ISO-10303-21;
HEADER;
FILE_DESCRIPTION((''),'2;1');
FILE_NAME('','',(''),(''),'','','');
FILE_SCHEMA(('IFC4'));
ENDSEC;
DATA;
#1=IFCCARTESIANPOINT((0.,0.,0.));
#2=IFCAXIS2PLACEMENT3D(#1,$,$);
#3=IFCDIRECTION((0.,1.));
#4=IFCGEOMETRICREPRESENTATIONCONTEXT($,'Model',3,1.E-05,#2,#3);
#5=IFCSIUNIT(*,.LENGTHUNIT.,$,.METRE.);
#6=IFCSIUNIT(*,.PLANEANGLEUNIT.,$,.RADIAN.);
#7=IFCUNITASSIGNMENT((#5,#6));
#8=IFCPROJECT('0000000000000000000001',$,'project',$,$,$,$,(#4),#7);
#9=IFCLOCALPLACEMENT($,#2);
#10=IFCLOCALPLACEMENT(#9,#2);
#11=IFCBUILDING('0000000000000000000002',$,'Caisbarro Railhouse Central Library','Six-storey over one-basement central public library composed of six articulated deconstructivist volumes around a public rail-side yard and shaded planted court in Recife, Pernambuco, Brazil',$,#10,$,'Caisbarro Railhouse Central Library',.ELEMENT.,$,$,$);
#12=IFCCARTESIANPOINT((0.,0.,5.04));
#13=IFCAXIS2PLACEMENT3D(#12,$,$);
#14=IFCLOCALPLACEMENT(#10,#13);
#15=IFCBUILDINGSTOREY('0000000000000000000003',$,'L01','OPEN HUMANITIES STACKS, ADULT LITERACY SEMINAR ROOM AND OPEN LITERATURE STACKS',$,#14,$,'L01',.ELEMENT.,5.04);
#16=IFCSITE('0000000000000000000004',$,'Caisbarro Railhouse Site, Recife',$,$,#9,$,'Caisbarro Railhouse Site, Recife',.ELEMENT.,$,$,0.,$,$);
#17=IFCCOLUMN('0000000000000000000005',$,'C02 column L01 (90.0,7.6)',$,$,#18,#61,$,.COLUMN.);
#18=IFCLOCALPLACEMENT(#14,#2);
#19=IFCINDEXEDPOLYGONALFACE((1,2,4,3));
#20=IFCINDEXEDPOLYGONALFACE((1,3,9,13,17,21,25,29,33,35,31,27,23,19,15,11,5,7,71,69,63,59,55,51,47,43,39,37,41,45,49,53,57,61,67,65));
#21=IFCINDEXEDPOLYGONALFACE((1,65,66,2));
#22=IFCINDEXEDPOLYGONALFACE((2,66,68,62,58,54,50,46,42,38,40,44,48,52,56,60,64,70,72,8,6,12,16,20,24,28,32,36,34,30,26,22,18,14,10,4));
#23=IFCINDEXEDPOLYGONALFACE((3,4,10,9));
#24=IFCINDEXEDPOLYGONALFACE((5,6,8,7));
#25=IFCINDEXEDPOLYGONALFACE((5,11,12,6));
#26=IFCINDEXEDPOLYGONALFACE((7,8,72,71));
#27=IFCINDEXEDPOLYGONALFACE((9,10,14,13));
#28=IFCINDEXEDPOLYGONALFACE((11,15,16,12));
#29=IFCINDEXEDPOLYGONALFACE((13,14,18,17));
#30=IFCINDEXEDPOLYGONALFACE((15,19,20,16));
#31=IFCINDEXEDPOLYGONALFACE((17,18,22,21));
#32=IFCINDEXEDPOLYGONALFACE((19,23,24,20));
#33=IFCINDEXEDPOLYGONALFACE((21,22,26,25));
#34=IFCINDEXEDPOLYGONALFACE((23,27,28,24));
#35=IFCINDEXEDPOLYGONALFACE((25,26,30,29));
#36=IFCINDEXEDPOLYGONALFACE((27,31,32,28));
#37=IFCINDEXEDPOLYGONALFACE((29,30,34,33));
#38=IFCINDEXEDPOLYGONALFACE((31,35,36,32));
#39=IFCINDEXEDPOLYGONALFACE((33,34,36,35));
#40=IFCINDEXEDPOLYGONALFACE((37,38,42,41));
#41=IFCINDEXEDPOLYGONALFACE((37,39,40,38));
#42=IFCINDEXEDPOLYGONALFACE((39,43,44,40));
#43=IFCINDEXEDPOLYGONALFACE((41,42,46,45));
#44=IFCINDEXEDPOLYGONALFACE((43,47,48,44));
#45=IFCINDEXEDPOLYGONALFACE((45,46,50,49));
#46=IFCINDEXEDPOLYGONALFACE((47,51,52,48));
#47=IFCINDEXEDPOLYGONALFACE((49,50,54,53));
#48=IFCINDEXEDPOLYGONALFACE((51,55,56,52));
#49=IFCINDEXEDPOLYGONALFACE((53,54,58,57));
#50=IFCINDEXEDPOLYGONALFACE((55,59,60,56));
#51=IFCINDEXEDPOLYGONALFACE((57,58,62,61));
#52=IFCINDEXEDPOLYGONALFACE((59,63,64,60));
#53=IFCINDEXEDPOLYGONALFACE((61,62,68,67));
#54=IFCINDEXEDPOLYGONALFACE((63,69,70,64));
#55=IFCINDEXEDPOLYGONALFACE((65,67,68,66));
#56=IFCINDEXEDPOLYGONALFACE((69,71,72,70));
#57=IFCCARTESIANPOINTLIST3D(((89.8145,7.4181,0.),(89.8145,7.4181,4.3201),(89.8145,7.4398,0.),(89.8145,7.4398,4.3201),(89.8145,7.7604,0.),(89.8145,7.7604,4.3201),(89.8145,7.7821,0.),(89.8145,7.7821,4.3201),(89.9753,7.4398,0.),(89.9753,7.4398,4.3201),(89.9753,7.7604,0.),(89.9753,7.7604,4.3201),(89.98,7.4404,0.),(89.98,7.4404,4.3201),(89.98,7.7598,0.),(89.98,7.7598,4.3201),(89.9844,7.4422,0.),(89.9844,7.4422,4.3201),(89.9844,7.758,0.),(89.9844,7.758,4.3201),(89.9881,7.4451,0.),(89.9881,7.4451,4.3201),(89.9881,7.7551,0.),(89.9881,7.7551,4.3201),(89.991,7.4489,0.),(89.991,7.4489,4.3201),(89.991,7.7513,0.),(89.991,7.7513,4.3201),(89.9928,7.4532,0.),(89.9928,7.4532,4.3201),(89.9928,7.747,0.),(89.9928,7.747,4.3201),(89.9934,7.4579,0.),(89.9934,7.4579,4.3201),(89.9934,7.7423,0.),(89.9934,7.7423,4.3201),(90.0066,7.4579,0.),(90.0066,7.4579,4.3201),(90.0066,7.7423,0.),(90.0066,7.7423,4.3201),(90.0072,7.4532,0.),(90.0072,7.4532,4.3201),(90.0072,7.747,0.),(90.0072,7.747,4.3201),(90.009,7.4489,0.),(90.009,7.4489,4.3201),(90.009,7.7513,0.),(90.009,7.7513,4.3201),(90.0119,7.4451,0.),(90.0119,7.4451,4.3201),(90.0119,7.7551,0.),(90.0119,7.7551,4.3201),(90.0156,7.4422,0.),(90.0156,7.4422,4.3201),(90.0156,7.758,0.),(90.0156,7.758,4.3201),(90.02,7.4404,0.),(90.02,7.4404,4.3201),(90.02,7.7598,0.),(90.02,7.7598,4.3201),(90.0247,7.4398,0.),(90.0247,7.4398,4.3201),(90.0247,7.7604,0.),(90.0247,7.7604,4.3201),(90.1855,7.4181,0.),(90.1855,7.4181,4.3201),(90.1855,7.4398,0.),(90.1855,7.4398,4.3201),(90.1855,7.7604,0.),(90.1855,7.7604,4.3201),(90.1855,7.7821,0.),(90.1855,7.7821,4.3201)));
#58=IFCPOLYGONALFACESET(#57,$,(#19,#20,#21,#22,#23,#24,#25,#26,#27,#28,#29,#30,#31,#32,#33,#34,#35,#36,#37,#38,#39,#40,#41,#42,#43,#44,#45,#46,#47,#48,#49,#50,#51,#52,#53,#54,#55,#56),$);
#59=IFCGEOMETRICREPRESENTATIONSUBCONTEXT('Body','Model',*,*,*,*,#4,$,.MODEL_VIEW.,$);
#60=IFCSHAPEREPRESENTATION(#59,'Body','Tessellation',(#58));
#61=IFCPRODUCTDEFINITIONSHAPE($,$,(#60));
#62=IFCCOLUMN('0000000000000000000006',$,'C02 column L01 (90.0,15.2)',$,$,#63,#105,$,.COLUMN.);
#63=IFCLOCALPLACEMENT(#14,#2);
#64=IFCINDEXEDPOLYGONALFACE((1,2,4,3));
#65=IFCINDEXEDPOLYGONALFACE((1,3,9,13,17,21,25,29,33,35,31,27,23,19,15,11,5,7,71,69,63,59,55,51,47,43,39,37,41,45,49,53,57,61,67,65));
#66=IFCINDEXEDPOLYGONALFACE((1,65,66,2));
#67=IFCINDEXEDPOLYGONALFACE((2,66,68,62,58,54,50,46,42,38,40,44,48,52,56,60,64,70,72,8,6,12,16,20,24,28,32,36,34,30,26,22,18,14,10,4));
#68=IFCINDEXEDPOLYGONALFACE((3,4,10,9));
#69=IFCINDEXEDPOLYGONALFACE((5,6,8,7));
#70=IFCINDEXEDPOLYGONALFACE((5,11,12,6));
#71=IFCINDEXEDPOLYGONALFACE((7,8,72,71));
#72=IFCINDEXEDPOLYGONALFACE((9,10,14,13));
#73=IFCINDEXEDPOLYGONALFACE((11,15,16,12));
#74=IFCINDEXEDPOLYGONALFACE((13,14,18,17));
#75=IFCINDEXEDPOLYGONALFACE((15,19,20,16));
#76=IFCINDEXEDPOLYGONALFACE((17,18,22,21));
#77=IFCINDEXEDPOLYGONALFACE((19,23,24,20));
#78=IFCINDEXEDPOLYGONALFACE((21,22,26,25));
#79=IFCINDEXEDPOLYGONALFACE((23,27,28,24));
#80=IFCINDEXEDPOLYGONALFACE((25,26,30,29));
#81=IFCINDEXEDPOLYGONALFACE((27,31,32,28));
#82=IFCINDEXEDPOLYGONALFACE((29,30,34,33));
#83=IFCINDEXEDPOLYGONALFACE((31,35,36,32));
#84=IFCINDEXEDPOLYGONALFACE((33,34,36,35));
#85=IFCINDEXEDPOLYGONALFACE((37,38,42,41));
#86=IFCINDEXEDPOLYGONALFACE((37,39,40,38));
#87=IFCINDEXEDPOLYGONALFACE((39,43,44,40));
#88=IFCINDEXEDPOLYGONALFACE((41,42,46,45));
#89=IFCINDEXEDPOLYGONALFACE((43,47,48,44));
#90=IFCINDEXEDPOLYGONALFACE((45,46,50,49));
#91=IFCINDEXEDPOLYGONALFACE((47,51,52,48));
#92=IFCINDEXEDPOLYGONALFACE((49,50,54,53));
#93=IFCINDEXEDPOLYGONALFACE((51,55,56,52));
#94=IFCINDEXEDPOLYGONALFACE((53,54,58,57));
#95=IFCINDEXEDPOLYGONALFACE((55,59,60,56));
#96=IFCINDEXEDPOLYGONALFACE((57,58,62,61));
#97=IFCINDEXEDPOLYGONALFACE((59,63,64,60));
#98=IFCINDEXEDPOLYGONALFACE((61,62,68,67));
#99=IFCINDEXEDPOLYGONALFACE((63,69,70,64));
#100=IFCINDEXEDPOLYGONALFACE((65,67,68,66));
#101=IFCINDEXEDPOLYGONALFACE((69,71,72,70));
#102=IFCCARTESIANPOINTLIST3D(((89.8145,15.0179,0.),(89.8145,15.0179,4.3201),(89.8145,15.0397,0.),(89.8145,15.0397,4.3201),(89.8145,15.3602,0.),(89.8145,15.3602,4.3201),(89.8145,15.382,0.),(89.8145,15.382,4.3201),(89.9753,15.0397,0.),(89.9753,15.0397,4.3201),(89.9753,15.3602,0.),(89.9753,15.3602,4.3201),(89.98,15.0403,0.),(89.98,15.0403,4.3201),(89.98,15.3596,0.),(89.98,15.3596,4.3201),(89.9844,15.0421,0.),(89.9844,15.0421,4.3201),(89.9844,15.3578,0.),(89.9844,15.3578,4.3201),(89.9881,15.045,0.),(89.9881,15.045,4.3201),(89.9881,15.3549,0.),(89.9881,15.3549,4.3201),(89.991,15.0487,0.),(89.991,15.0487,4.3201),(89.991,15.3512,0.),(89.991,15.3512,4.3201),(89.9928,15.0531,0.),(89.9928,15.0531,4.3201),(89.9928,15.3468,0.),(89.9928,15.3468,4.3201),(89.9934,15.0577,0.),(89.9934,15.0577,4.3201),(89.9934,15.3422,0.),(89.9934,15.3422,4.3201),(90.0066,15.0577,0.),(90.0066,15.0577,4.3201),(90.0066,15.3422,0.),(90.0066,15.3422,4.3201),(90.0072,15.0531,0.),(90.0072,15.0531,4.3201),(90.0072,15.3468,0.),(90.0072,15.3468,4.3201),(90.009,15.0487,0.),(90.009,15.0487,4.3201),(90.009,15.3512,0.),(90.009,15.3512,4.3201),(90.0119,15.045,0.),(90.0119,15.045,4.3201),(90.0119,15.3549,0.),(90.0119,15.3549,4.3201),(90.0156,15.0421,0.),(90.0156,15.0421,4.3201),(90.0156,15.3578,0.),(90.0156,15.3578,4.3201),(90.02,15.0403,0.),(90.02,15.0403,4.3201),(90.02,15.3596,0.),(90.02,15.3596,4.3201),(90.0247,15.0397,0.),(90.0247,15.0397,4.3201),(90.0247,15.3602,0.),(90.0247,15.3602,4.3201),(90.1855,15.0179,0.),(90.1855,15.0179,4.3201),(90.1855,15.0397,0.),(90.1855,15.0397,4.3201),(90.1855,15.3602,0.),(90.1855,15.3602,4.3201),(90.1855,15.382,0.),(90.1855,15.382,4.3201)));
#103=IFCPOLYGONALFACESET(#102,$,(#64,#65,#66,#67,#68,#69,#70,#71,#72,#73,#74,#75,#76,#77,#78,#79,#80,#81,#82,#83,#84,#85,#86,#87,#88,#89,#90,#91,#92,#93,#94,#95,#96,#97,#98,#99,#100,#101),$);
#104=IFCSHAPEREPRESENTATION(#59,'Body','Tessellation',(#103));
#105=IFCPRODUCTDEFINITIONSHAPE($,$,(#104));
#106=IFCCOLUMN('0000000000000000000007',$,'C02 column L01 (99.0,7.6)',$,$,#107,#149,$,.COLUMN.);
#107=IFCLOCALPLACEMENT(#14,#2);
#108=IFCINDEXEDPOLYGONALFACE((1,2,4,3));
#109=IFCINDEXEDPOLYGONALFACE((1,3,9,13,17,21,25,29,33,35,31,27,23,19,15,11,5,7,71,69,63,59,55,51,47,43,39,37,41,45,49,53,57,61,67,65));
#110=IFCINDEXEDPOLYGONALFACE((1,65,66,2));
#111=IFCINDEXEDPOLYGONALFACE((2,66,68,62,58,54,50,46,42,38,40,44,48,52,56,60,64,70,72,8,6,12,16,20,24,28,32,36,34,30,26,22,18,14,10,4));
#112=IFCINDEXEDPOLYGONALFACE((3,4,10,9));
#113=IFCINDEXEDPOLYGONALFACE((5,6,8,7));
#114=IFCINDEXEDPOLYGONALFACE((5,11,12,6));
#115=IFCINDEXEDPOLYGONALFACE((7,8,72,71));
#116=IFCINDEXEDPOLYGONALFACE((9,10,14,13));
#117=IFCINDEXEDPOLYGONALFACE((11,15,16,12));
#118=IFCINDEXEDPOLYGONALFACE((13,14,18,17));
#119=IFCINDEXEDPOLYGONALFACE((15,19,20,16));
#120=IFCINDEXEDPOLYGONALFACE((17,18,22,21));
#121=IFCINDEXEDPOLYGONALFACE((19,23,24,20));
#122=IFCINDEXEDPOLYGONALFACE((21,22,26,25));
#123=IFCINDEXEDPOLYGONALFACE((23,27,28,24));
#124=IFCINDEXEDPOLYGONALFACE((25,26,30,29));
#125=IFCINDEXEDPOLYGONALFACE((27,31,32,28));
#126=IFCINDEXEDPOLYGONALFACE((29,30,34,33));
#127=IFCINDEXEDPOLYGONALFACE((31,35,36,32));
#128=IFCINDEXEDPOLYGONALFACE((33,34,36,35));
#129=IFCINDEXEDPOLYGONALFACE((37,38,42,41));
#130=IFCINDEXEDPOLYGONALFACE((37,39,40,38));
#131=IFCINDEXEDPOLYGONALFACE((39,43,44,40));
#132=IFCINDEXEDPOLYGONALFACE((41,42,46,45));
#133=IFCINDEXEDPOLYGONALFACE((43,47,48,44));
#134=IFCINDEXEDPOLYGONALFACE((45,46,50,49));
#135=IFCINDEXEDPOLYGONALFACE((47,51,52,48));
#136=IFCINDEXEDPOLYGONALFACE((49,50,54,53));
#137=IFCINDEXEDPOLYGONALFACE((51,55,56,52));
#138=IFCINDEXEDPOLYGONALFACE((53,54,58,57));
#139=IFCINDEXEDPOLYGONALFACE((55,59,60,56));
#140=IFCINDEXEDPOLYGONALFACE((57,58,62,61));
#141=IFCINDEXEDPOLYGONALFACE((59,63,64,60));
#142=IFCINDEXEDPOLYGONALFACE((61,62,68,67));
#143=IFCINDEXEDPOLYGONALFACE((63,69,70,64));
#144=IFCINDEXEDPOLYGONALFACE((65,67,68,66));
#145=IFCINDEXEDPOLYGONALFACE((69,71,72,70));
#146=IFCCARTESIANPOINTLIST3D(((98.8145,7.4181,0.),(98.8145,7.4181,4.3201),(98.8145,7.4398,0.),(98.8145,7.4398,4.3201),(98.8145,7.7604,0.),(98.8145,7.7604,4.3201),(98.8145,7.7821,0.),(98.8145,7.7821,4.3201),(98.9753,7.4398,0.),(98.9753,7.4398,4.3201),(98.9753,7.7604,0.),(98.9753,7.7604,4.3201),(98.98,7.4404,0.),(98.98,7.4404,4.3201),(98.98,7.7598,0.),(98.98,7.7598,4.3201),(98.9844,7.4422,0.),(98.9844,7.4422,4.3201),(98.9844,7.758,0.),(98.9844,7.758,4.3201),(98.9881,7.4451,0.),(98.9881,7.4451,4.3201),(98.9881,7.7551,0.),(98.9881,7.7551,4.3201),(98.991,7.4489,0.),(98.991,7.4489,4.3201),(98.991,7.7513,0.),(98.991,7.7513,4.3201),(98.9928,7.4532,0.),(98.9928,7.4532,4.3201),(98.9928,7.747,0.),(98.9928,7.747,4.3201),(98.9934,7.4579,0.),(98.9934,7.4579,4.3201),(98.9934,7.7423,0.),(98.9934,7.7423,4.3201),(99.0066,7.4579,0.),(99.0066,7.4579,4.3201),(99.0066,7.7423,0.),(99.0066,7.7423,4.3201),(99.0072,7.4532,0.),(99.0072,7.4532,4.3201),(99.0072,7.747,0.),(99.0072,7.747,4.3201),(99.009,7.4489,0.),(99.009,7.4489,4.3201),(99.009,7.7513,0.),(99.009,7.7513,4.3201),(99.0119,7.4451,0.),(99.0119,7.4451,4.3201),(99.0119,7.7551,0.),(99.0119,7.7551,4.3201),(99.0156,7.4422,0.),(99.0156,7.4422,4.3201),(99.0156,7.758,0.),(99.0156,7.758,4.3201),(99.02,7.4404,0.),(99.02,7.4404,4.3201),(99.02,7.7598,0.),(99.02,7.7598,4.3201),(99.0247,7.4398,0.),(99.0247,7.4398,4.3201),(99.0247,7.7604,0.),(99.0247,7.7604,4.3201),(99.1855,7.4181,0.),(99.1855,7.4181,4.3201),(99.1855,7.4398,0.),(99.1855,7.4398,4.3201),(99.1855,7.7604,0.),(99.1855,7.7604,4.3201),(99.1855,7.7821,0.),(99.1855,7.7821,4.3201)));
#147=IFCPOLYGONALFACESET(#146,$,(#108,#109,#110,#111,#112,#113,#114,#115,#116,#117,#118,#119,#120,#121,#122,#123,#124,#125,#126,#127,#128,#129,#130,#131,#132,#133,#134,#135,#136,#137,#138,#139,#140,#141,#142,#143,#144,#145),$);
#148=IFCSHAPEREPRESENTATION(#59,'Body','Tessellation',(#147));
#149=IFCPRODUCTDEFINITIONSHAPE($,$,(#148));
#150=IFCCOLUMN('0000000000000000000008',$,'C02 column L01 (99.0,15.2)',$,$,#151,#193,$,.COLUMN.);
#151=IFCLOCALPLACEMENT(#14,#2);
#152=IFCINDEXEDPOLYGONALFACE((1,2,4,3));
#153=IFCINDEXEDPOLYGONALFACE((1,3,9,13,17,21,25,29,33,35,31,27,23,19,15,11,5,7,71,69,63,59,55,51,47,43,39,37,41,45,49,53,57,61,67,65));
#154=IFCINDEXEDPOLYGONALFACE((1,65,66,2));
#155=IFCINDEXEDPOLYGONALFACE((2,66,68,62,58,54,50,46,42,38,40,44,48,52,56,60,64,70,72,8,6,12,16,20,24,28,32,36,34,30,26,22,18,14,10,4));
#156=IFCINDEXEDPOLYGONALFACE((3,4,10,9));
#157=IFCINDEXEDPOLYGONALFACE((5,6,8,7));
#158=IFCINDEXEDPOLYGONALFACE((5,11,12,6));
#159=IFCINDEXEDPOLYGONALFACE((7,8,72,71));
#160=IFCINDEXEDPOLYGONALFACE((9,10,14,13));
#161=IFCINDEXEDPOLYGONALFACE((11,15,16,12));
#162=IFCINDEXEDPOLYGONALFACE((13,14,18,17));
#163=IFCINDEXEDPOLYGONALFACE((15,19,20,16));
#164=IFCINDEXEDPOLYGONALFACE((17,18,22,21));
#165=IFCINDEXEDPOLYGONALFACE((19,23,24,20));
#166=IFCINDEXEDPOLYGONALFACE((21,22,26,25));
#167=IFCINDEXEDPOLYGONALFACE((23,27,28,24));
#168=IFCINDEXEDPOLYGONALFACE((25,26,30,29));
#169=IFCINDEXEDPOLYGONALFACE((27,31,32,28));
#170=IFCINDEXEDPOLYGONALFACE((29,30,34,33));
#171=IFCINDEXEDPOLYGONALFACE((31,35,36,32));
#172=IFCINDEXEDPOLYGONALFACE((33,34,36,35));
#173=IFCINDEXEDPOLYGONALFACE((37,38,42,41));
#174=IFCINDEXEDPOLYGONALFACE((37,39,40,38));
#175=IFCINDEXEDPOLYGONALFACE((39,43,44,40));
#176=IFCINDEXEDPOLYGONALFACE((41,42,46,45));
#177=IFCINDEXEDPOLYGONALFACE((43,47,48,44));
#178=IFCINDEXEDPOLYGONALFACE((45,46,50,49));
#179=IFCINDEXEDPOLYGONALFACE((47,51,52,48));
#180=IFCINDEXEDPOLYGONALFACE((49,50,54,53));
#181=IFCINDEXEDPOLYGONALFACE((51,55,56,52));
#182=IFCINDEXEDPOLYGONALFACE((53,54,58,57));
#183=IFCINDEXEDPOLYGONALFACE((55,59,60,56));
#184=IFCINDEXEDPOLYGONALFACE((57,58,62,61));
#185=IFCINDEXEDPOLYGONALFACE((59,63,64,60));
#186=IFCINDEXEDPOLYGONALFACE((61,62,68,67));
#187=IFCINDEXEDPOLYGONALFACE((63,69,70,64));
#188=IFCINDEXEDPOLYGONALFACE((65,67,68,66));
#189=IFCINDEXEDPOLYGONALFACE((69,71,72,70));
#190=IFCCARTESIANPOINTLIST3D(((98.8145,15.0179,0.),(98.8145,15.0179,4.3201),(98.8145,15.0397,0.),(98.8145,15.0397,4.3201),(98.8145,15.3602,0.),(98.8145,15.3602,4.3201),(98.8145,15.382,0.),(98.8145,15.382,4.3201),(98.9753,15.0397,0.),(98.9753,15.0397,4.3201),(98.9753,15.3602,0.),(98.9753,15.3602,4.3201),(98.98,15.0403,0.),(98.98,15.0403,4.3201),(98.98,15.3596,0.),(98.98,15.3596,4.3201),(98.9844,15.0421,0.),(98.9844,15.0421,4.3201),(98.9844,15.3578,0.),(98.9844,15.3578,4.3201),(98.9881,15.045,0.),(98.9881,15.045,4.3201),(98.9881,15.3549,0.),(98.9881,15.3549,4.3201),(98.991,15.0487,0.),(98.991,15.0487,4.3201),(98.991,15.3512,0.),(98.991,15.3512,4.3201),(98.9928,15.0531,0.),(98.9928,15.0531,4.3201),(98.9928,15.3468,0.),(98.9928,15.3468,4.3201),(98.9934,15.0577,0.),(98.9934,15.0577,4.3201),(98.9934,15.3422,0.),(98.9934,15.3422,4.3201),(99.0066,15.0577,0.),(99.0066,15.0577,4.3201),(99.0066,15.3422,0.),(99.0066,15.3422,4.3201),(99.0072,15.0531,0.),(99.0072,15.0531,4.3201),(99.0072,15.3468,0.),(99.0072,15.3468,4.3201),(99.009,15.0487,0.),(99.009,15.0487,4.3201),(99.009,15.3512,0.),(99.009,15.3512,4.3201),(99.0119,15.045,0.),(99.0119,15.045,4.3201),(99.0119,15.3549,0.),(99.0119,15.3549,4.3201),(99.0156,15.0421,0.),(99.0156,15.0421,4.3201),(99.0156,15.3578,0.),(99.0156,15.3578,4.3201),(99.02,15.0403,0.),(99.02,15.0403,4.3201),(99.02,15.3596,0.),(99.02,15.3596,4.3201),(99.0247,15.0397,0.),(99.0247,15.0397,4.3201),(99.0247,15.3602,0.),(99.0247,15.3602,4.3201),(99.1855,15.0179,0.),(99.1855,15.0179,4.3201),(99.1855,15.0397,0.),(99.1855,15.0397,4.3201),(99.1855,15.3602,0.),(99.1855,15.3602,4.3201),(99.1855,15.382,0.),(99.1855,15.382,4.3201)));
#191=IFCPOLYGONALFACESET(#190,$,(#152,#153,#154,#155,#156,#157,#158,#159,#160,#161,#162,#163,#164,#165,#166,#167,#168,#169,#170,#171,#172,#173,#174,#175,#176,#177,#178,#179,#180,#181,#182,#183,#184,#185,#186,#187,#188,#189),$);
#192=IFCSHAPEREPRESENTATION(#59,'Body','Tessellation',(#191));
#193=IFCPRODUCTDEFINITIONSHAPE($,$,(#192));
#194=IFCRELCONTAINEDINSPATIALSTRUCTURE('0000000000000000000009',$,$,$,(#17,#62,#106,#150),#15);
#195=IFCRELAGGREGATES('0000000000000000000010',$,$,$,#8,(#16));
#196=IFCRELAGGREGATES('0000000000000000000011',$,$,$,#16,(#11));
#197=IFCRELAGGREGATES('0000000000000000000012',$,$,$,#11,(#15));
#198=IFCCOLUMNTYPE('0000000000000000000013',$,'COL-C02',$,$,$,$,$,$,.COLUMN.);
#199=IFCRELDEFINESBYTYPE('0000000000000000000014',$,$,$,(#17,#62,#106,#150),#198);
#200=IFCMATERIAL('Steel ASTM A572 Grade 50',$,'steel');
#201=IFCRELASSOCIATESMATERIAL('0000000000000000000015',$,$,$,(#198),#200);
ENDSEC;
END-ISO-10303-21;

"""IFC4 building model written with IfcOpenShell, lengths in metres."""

from ifc_helpers import new_model, si_unit, direction, frame, origin, origin_2d, place, context, subcontext, project, spatial, i_section, extrude, material, material_profile, profile_set, type_object, element, save


model = new_model("IFC4")

# Units and contexts
model_context = context("Model", 3, precision=1e-05, world=origin(), true_north=direction((0.0, 1.0)))
body_context = subcontext(model_context, "Body", "Model", "MODEL_VIEW")
ifc_project = project(units=[si_unit("LENGTHUNIT", "METRE"), si_unit("PLANEANGLEUNIT", "RADIAN")], contexts=[model_context])

# Site, building, storey
site_placement = place(None, origin())
site = spatial("IfcSite", under=ifc_project, at=site_placement, Name="Caisbarro Railhouse Site, Recife", LongName="Caisbarro Railhouse Site, Recife", CompositionType="ELEMENT", RefElevation=0.0)
building_placement = place(site_placement, origin())
building = spatial("IfcBuilding", under=site, at=building_placement, Name="Caisbarro Railhouse Central Library", Description="Six-storey over one-basement central public library composed of six articulated deconstructivist volumes around a public rail-side yard and shaded planted court in Recife, Pernambuco, Brazil", LongName="Caisbarro Railhouse Central Library", CompositionType="ELEMENT")
storey_placement = place(building_placement, frame((0.0, 0.0, 5.04)))
storey = spatial("IfcBuildingStorey", under=building, at=storey_placement, Name="L01", Description="OPEN HUMANITIES STACKS, ADULT LITERACY SEMINAR ROOM AND OPEN LITERATURE STACKS", LongName="L01", CompositionType="ELEMENT", Elevation=5.04)

# Columns
ifc_material_1 = material(Name="Steel ASTM A572 Grade 50", Category="steel")
ifc_material_profile_1 = material_profile(ifc_material_1, i_section(OverallWidth=0.3711, OverallDepth=0.364, WebThickness=0.0132, FlangeThickness=0.0217, FilletRadius=0.0181, at=origin_2d()), Name="W360X162.0")
ifc_profile_set_1 = profile_set([ifc_material_profile_1], Name="Steel ASTM A572 Grade 50")
column_type = type_object("IfcColumnType", Name="COL-C02", PredefinedType="COLUMN", material=ifc_profile_set_1)
for number, where, z_axis, x_axis, name in (
    (1, (90.0, 7.6001, 0.0), (0.0, 0.0, 1.0), (1.0, 0.0, 0.0), "C02 column L01 (90.0,7.6)"),
    (2, (90.0, 15.2, 0.0), (0.0, 0.0, 1.0), (1.0, 0.0, 0.0), "C02 column L01 (90.0,15.2)"),
    (3, (99.0, 7.6001, 0.0), (0.0, 0.0, 1.0), (1.0, 0.0, 0.0), "C02 column L01 (99.0,7.6)"),
    (4, (99.0, 15.2, 0.0), (0.0, 0.0, 1.0), (1.0, 0.0, 0.0), "C02 column L01 (99.0,15.2)"),
):
    element("IfcColumn", number, at=place(storey_placement, frame(where, z_axis=z_axis, x_axis=x_axis)), inside=storey, type_object=column_type, Name=name, PredefinedType="COLUMN", context=body_context, shape_type="SweptSolid", body=[
        extrude(i_section(OverallWidth=0.3711, OverallDepth=0.364, WebThickness=0.0132, FlangeThickness=0.0217, FilletRadius=0.0181, at=origin_2d()), origin(), (0.0, 0.0, 1.0), 4.3201),
    ])

save(model, "model.ifc")
